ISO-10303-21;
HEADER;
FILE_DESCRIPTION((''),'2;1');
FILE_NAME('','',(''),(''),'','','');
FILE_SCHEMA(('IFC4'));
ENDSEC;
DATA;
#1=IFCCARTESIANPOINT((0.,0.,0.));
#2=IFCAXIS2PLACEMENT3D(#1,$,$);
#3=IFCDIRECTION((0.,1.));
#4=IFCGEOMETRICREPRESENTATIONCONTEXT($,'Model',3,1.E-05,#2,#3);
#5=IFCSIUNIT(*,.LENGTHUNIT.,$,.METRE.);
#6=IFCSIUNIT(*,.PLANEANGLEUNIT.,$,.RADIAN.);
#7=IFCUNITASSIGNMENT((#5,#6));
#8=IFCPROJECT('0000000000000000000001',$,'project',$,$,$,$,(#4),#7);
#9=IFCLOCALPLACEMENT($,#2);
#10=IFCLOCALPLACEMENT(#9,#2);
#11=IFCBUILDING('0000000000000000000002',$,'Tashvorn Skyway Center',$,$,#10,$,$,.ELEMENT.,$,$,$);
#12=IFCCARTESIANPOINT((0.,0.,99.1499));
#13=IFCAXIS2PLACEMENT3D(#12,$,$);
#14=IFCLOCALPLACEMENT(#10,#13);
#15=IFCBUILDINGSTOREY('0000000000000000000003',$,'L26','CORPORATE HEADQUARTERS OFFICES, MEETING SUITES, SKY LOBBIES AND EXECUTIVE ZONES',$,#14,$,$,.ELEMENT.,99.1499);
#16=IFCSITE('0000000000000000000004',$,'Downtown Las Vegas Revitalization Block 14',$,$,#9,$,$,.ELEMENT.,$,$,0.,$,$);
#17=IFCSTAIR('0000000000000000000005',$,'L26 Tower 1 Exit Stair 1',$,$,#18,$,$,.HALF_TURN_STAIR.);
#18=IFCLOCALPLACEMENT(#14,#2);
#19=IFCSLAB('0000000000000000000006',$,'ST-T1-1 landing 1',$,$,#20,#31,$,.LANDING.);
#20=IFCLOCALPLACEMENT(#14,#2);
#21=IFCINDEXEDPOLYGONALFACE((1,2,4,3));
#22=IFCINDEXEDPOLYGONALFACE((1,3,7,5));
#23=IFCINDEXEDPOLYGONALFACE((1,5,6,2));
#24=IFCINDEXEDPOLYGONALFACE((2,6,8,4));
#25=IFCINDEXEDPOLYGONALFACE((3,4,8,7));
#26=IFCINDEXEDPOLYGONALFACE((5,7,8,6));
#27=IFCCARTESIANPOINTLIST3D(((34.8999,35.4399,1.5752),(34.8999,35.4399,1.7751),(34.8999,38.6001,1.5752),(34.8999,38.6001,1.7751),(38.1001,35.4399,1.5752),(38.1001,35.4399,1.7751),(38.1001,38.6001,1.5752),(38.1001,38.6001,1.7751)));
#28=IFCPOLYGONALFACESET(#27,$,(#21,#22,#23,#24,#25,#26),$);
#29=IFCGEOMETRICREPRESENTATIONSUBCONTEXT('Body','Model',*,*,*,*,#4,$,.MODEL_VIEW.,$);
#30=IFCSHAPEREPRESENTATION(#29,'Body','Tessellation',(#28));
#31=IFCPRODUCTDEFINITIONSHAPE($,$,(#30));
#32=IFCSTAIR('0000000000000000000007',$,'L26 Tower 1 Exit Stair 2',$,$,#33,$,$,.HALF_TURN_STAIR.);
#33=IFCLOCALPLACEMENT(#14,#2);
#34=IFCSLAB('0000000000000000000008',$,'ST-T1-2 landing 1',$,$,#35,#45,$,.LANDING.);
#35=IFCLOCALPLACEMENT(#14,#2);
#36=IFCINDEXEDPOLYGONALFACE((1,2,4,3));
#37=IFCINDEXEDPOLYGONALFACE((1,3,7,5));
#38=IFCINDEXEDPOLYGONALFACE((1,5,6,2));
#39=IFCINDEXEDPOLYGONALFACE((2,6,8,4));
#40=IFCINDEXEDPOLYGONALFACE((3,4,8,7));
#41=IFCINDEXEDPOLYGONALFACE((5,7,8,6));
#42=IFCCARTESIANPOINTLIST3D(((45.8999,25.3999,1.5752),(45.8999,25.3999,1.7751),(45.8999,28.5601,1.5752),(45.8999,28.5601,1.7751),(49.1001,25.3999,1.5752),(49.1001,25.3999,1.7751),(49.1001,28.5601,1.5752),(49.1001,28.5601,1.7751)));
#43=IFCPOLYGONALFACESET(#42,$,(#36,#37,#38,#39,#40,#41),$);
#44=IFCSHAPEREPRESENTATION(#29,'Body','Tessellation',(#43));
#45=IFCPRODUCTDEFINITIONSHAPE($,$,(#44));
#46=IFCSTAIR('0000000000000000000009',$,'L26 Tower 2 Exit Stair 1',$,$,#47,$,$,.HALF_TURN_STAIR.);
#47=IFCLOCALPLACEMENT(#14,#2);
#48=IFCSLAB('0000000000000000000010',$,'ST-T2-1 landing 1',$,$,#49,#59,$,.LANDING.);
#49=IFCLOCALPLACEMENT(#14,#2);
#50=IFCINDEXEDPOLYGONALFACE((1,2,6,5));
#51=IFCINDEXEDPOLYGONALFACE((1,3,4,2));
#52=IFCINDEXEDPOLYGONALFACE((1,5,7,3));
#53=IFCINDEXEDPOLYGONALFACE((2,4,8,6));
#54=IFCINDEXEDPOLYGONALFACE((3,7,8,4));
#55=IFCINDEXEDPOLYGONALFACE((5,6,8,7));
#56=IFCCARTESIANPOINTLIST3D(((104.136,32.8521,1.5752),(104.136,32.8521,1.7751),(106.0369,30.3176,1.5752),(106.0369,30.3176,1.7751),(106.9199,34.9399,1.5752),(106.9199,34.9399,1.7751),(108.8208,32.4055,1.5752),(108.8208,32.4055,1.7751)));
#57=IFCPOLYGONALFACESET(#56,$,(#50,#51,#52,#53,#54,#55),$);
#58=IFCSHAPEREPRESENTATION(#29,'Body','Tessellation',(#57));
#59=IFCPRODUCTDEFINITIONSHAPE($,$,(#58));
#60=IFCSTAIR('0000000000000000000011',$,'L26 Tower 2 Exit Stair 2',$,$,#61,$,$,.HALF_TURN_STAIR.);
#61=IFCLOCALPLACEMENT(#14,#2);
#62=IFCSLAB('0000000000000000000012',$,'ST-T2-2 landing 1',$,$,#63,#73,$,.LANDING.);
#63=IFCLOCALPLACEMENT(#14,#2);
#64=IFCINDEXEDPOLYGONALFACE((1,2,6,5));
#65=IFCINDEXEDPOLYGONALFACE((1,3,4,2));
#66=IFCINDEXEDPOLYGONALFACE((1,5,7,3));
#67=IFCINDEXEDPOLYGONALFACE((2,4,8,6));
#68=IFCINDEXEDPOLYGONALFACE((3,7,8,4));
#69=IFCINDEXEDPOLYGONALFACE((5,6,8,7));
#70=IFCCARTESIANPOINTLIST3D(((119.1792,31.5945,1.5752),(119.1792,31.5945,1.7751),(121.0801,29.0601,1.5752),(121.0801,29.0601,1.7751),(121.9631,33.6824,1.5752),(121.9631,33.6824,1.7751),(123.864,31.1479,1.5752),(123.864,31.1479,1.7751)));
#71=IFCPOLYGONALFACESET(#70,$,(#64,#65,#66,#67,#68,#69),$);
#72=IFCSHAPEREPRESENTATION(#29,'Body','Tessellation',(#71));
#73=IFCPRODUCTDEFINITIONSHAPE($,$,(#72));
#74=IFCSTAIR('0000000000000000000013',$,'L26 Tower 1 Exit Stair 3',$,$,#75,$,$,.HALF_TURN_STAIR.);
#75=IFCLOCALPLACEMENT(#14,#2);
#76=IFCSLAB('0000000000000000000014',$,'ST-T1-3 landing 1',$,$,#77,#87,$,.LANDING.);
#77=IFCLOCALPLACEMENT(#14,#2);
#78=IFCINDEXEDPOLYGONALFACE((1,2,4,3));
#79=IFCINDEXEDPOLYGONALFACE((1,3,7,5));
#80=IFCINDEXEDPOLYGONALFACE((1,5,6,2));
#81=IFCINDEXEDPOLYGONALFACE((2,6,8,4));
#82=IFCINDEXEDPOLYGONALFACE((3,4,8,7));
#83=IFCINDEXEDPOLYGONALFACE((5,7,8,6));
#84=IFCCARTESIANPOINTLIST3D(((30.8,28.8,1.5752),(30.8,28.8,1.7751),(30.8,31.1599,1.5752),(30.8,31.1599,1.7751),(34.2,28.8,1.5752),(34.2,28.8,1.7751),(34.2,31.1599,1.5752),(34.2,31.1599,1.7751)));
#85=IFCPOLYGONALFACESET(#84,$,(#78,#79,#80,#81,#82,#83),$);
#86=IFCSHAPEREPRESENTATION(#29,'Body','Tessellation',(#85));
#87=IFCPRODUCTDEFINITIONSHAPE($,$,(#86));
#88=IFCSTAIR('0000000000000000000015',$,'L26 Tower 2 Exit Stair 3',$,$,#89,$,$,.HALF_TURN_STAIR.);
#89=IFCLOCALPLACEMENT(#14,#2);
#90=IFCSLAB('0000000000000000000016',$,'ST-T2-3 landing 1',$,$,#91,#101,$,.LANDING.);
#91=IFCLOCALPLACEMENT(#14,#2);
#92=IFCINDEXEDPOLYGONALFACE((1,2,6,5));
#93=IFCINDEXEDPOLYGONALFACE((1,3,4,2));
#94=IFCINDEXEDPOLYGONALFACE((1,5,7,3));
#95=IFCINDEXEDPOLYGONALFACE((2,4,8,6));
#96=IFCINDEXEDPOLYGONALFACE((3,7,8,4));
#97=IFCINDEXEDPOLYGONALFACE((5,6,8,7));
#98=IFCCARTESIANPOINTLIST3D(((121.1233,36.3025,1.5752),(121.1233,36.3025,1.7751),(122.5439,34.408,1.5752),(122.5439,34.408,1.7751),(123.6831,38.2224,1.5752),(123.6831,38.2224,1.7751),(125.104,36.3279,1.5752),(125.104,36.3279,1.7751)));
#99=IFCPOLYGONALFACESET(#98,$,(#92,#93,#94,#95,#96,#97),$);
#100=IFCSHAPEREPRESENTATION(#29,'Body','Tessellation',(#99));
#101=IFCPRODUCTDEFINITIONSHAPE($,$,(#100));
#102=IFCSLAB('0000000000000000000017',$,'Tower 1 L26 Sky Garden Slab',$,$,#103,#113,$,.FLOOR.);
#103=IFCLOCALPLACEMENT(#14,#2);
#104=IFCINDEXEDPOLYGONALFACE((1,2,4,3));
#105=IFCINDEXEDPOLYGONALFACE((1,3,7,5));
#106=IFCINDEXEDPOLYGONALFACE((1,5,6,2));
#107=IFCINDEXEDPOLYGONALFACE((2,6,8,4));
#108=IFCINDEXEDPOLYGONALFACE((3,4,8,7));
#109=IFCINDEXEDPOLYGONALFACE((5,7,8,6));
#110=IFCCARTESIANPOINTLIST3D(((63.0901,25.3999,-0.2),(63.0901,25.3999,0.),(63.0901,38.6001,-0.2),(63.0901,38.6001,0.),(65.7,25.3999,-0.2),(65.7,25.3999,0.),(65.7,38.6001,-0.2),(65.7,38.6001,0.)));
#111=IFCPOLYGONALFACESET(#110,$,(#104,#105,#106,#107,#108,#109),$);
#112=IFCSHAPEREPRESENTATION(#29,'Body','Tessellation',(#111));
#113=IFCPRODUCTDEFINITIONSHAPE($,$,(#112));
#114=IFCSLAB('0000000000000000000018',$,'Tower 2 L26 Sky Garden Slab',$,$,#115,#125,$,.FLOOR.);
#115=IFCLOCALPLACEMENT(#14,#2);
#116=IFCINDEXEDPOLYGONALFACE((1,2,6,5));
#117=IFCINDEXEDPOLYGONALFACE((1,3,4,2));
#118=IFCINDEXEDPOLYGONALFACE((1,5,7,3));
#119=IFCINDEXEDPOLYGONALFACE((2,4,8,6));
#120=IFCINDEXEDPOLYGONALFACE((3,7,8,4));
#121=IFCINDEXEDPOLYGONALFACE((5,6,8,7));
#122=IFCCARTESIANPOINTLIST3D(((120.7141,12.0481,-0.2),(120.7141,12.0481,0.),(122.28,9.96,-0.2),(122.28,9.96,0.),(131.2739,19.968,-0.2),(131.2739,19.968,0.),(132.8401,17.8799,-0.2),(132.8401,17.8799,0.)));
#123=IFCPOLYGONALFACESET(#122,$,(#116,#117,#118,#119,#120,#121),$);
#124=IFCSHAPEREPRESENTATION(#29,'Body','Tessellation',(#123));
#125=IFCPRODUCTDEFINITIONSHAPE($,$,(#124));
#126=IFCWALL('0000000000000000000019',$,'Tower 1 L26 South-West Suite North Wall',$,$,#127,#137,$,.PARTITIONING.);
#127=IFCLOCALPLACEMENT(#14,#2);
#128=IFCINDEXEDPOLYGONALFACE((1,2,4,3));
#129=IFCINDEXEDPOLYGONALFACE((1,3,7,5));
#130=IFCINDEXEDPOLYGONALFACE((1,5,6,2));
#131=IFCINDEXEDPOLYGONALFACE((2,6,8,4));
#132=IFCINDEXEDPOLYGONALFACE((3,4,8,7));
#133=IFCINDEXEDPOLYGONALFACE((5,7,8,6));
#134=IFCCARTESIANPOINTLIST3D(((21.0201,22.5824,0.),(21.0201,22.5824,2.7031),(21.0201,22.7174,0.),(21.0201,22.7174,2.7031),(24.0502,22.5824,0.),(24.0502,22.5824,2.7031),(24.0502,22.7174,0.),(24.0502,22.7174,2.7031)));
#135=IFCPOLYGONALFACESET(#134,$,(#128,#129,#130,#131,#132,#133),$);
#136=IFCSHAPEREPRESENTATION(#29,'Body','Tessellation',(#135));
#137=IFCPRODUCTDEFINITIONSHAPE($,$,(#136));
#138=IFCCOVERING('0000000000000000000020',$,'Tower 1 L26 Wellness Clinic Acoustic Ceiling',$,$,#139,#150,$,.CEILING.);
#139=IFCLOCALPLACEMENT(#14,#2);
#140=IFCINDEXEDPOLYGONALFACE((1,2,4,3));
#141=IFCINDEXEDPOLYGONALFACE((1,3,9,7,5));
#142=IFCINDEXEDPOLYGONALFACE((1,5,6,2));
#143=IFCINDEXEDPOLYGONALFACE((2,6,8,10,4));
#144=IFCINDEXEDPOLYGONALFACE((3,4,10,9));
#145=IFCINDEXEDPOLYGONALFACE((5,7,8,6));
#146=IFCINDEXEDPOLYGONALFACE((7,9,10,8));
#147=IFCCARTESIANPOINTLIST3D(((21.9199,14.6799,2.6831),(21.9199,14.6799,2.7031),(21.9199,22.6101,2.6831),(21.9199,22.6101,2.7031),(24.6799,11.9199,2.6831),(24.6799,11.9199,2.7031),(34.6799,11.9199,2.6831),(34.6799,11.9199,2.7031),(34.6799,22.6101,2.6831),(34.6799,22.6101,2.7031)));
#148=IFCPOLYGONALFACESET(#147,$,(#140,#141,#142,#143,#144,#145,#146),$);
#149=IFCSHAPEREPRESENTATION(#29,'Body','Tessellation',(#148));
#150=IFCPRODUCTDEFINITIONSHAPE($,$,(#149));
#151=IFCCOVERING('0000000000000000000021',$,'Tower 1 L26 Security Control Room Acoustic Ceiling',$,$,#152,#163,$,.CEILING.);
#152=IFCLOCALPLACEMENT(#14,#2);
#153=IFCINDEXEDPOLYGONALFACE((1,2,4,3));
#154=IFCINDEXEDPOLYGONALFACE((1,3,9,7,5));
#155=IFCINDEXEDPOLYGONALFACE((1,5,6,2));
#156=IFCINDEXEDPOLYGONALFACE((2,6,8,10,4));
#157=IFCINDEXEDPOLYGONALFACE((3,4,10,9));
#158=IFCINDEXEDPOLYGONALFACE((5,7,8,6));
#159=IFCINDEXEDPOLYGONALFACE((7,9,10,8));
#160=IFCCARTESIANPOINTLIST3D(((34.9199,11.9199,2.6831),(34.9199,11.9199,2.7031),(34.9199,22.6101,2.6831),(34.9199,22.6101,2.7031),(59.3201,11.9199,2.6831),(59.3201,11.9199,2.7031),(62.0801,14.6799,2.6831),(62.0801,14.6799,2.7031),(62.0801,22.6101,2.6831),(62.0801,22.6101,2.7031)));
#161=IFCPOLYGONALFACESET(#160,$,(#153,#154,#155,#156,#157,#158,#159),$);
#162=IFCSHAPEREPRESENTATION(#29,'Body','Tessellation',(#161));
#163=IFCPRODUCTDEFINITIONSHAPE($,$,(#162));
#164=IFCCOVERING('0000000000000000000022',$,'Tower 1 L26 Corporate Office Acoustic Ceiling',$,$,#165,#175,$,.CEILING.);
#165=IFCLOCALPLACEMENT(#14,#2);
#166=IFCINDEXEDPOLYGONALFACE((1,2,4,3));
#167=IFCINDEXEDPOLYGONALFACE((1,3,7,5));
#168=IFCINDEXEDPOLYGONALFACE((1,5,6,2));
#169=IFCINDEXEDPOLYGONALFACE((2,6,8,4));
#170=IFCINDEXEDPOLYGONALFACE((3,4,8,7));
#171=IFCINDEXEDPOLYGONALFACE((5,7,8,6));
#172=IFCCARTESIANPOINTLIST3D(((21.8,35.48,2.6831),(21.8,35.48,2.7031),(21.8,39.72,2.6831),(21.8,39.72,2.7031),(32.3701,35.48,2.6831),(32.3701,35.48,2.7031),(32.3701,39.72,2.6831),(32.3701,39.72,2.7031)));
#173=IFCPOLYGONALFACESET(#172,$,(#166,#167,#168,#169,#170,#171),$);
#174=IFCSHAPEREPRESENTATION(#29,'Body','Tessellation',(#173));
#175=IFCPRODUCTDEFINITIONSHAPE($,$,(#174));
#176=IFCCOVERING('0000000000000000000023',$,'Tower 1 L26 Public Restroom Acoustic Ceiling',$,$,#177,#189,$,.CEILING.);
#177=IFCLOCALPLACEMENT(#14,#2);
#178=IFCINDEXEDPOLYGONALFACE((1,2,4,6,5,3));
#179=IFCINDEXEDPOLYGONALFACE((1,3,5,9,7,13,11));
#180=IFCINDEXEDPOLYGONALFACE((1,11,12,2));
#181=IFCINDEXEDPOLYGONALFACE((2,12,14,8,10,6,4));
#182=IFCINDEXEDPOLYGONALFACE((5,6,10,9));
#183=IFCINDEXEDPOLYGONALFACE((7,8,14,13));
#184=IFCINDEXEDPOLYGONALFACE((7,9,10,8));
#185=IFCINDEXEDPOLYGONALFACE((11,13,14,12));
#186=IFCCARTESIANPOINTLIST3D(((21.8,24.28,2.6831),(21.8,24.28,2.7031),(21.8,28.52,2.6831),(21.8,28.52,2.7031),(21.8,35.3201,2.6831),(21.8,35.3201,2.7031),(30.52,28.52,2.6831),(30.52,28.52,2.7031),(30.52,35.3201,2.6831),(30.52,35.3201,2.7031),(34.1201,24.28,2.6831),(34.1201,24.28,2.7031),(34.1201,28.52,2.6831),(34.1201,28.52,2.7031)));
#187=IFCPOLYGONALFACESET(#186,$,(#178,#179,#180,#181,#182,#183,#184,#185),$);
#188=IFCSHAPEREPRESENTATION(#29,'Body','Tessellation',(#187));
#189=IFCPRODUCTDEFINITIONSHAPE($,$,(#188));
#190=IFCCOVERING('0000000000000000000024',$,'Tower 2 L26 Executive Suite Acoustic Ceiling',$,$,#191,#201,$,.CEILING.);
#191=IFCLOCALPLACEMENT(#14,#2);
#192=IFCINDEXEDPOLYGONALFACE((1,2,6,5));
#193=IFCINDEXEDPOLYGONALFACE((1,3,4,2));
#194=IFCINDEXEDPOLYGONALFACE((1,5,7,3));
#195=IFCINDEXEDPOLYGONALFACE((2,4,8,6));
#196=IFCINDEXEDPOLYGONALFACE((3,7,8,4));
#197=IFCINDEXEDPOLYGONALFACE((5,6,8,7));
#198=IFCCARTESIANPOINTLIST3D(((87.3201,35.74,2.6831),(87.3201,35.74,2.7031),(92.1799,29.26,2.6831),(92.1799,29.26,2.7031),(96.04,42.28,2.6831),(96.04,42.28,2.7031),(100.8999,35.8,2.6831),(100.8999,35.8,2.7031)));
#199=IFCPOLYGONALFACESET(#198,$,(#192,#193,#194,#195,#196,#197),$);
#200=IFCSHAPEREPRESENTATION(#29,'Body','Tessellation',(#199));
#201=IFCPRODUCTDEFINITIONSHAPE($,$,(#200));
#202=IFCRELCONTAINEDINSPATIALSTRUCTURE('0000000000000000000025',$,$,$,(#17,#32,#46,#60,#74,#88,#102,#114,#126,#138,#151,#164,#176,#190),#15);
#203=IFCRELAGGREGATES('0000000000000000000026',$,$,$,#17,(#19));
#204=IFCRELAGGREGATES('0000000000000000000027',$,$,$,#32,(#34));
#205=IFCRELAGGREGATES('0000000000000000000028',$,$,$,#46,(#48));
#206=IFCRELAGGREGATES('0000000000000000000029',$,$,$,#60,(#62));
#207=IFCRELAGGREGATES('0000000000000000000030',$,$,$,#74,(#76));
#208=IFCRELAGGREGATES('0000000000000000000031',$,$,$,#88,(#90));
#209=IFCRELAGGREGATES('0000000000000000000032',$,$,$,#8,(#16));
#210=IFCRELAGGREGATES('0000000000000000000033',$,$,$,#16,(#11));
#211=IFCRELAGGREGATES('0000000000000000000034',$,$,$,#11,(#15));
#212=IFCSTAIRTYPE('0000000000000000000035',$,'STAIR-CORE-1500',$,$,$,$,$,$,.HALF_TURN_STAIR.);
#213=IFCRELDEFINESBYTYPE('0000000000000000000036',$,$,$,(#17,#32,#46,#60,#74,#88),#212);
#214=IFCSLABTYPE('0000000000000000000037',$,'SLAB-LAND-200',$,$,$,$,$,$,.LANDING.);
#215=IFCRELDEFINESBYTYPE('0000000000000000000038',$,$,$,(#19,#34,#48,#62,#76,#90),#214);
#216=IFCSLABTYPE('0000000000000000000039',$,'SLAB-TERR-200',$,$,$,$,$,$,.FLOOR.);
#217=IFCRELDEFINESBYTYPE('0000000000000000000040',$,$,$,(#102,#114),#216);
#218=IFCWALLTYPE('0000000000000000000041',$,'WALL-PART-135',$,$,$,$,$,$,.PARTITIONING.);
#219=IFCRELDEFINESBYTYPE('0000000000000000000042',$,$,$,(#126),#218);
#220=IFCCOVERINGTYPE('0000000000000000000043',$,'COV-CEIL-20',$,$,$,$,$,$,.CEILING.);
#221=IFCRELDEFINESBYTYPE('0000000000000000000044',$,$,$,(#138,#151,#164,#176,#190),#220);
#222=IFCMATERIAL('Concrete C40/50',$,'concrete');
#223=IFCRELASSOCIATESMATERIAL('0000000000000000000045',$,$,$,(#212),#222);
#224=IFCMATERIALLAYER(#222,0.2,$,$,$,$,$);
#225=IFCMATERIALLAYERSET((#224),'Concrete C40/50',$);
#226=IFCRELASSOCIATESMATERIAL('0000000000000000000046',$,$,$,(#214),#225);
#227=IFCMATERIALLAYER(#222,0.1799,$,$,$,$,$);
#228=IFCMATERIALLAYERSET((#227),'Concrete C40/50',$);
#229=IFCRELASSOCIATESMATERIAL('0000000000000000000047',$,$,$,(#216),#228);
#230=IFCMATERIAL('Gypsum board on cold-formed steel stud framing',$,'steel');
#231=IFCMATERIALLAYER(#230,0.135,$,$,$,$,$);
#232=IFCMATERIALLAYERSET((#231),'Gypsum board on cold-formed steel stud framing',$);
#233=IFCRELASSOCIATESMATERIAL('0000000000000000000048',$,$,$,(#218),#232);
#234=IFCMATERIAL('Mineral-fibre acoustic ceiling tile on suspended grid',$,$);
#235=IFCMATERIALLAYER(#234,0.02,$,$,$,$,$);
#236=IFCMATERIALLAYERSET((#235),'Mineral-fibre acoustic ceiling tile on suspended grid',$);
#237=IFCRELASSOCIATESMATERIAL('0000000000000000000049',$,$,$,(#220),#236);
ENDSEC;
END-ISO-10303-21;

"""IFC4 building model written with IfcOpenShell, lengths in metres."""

from ifc_helpers import new_model, si_unit, direction, frame, frame_2d, origin, place, context, subcontext, project, spatial, polyline, rectangle, outline, extrude, material, layer, layer_set, type_object, element, aggregate, save


model = new_model("IFC4")

# Units and contexts
model_context = context("Model", 3, precision=1e-05, world=origin(), true_north=direction((0.0, 1.0)))
body_context = subcontext(model_context, "Body", "Model", "MODEL_VIEW")
ifc_project = project(units=[si_unit("LENGTHUNIT", "METRE"), si_unit("PLANEANGLEUNIT", "RADIAN")], contexts=[model_context])

# Site, building, storey
site_placement = place(None, origin())
site = spatial("IfcSite", under=ifc_project, at=site_placement, Name="Downtown Las Vegas Revitalization Block 14", CompositionType="ELEMENT", RefElevation=0.0)
building_placement = place(site_placement, origin())
building = spatial("IfcBuilding", under=site, at=building_placement, Name="Tashvorn Skyway Center", CompositionType="ELEMENT")
storey_placement = place(building_placement, frame((0.0, 0.0, 99.1499)))
storey = spatial("IfcBuildingStorey", under=building, at=storey_placement, Name="L26", Description="CORPORATE HEADQUARTERS OFFICES, MEETING SUITES, SKY LOBBIES AND EXECUTIVE ZONES", CompositionType="ELEMENT", Elevation=99.1499)

# Shared definitions
ifc_material_1 = material(Name="Concrete C40/50", Category="concrete")

# Stairs, slabs
stair_type = type_object("IfcStairType", Name="STAIR-CORE-1500", PredefinedType="HALF_TURN_STAIR", material=ifc_material_1)
stair_1_placement = place(storey_placement, origin())
stair_1 = element("IfcStair", 1, at=stair_1_placement, inside=storey, type_object=stair_type, Name="L26 Tower 1 Exit Stair 1", PredefinedType="HALF_TURN_STAIR")
ifc_layer_1 = layer(ifc_material_1, 0.2)
ifc_layer_set_1 = layer_set([ifc_layer_1], Name="Concrete C40/50")
slab_type_1 = type_object("IfcSlabType", Name="SLAB-LAND-200", PredefinedType="LANDING", material=ifc_layer_set_1)
slab_1_placement = place(storey_placement, frame((0.0, 0.0, 1.5752)))
slab_1 = element("IfcSlab", 2, at=slab_1_placement, type_object=slab_type_1, Name="ST-T1-1 landing 1", PredefinedType="LANDING", context=body_context, shape_type="SweptSolid", body=[
    extrude(outline(polyline([(38.1001, 35.4399), (38.1001, 38.6001), (34.8999, 38.6001), (34.8999, 35.4399), (38.1001, 35.4399)])), origin(), (0.0, 0.0, 1.0), 0.2),
])
aggregate(stair_1, [slab_1])
stair_2_placement = place(storey_placement, origin())
stair_2 = element("IfcStair", 3, at=stair_2_placement, inside=storey, type_object=stair_type, Name="L26 Tower 1 Exit Stair 2", PredefinedType="HALF_TURN_STAIR")
slab_2_placement = place(storey_placement, frame((0.0, 0.0, 1.5752)))
slab_2 = element("IfcSlab", 4, at=slab_2_placement, type_object=slab_type_1, Name="ST-T1-2 landing 1", PredefinedType="LANDING", context=body_context, shape_type="SweptSolid", body=[
    extrude(outline(polyline([(45.8999, 28.5601), (45.8999, 25.3999), (49.1001, 25.3999), (49.1001, 28.5601), (45.8999, 28.5601)])), origin(), (0.0, 0.0, 1.0), 0.2),
])
aggregate(stair_2, [slab_2])
stair_3_placement = place(storey_placement, origin())
stair_3 = element("IfcStair", 5, at=stair_3_placement, inside=storey, type_object=stair_type, Name="L26 Tower 2 Exit Stair 1", PredefinedType="HALF_TURN_STAIR")
slab_3_placement = place(storey_placement, frame((0.0, 0.0, 1.5752)))
slab_3 = element("IfcSlab", 6, at=slab_3_placement, type_object=slab_type_1, Name="ST-T2-1 landing 1", PredefinedType="LANDING", context=body_context, shape_type="SweptSolid", body=[
    extrude(outline(polyline([(108.8208, 32.4055), (106.9199, 34.9399), (104.136, 32.8521), (106.0369, 30.3176), (108.8208, 32.4055)])), origin(), (0.0, 0.0, 1.0), 0.2),
])
aggregate(stair_3, [slab_3])
stair_4_placement = place(storey_placement, origin())
stair_4 = element("IfcStair", 7, at=stair_4_placement, inside=storey, type_object=stair_type, Name="L26 Tower 2 Exit Stair 2", PredefinedType="HALF_TURN_STAIR")
slab_4_placement = place(storey_placement, frame((0.0, 0.0, 1.5752)))
slab_4 = element("IfcSlab", 8, at=slab_4_placement, type_object=slab_type_1, Name="ST-T2-2 landing 1", PredefinedType="LANDING", context=body_context, shape_type="SweptSolid", body=[
    extrude(outline(polyline([(119.1792, 31.5945), (121.0801, 29.0601), (123.864, 31.1479), (121.9631, 33.6824), (119.1792, 31.5945)])), origin(), (0.0, 0.0, 1.0), 0.2),
])
aggregate(stair_4, [slab_4])
stair_5_placement = place(storey_placement, origin())
stair_5 = element("IfcStair", 9, at=stair_5_placement, inside=storey, type_object=stair_type, Name="L26 Tower 1 Exit Stair 3", PredefinedType="HALF_TURN_STAIR")
slab_5_placement = place(storey_placement, frame((0.0, 0.0, 1.5752)))
slab_5 = element("IfcSlab", 10, at=slab_5_placement, type_object=slab_type_1, Name="ST-T1-3 landing 1", PredefinedType="LANDING", context=body_context, shape_type="SweptSolid", body=[
    extrude(outline(polyline([(30.8, 31.1599), (30.8, 28.8), (34.2, 28.8), (34.2, 31.1599), (30.8, 31.1599)])), origin(), (0.0, 0.0, 1.0), 0.2),
])
aggregate(stair_5, [slab_5])
stair_6_placement = place(storey_placement, origin())
stair_6 = element("IfcStair", 11, at=stair_6_placement, inside=storey, type_object=stair_type, Name="L26 Tower 2 Exit Stair 3", PredefinedType="HALF_TURN_STAIR")
slab_6_placement = place(storey_placement, frame((0.0, 0.0, 1.5752)))
slab_6 = element("IfcSlab", 12, at=slab_6_placement, type_object=slab_type_1, Name="ST-T2-3 landing 1", PredefinedType="LANDING", context=body_context, shape_type="SweptSolid", body=[
    extrude(outline(polyline([(121.1233, 36.3025), (122.5439, 34.408), (125.104, 36.3279), (123.6831, 38.2224), (121.1233, 36.3025)])), origin(), (0.0, 0.0, 1.0), 0.2),
])
aggregate(stair_6, [slab_6])

# Slabs
ifc_layer_2 = layer(ifc_material_1, 0.1799)
ifc_layer_set_2 = layer_set([ifc_layer_2], Name="Concrete C40/50")
slab_type_2 = type_object("IfcSlabType", Name="SLAB-TERR-200", PredefinedType="FLOOR", material=ifc_layer_set_2)
slab_7_placement = place(storey_placement, frame((0.0, 0.0, -0.2)))
element("IfcSlab", 13, at=slab_7_placement, inside=storey, type_object=slab_type_2, Name="Tower 1 L26 Sky Garden Slab", PredefinedType="FLOOR", context=body_context, shape_type="SweptSolid", body=[
    extrude(outline(polyline([(63.0901, 25.3999), (65.7, 25.3999), (65.7, 38.6001), (63.0901, 38.6001), (63.0901, 25.3999)])), origin(), (0.0, 0.0, 1.0), 0.2),
])
slab_8_placement = place(storey_placement, frame((0.0, 0.0, -0.2)))
element("IfcSlab", 14, at=slab_8_placement, inside=storey, type_object=slab_type_2, Name="Tower 2 L26 Sky Garden Slab", PredefinedType="FLOOR", context=body_context, shape_type="SweptSolid", body=[
    extrude(outline(polyline([(122.28, 9.96), (132.8401, 17.8799), (131.2739, 19.968), (120.7141, 12.0481), (122.28, 9.96)])), origin(), (0.0, 0.0, 1.0), 0.2),
])

# Wall
ifc_material_2 = material(Name="Gypsum board on cold-formed steel stud framing", Category="steel")
ifc_layer_3 = layer(ifc_material_2, 0.135)
ifc_layer_set_3 = layer_set([ifc_layer_3], Name="Gypsum board on cold-formed steel stud framing")
wall_type = type_object("IfcWallType", Name="WALL-PART-135", PredefinedType="PARTITIONING", material=ifc_layer_set_3)
wall_placement = place(storey_placement, frame((21.02, 22.6499, 0.0), z_axis=(0.0, 0.0, 1.0), x_axis=(1.0, 0.0, 0.0)))
element("IfcWall", 15, at=wall_placement, inside=storey, type_object=wall_type, Name="Tower 1 L26 South-West Suite North Wall", PredefinedType="PARTITIONING", context=body_context, shape_type="SweptSolid", body=[
    extrude(rectangle(XDim=3.03, YDim=0.135, at=frame_2d((1.5151, 0.0))), origin(), (0.0, 0.0, 1.0), 2.7031),
])

# Coverings
ifc_material_3 = material(Name="Mineral-fibre acoustic ceiling tile on suspended grid")
ifc_layer_4 = layer(ifc_material_3, 0.02)
ifc_layer_set_4 = layer_set([ifc_layer_4], Name="Mineral-fibre acoustic ceiling tile on suspended grid")
covering_type_1 = type_object("IfcCoveringType", Name="COV-CEIL-20", PredefinedType="CEILING", material=ifc_layer_set_4)
covering_1_placement = place(storey_placement, frame((0.0, 0.0, 2.6831)))
element("IfcCovering", 16, at=covering_1_placement, inside=storey, type_object=covering_type_1, Name="Tower 1 L26 Wellness Clinic Acoustic Ceiling", PredefinedType="CEILING", context=body_context, shape_type="SweptSolid", body=[
    extrude(outline(polyline([(21.9199, 22.6101), (34.6799, 22.6101), (34.6799, 11.9199), (24.6799, 11.9199), (21.9199, 14.6799), (21.9199, 22.6101)])), origin(), (0.0, 0.0, 1.0), 0.02),
])
covering_2_placement = place(storey_placement, frame((0.0, 0.0, 2.6831)))
element("IfcCovering", 17, at=covering_2_placement, inside=storey, type_object=covering_type_1, Name="Tower 1 L26 Security Control Room Acoustic Ceiling", PredefinedType="CEILING", context=body_context, shape_type="SweptSolid", body=[
    extrude(outline(polyline([(34.9199, 11.9199), (34.9199, 22.6101), (62.0801, 22.6101), (62.0801, 14.6799), (59.3201, 11.9199), (34.9199, 11.9199)])), origin(), (0.0, 0.0, 1.0), 0.02),
])
covering_3_placement = place(storey_placement, frame((0.0, 0.0, 2.6831)))
element("IfcCovering", 18, at=covering_3_placement, inside=storey, type_object=covering_type_1, Name="Tower 1 L26 Corporate Office Acoustic Ceiling", PredefinedType="CEILING", context=body_context, shape_type="SweptSolid", body=[
    extrude(outline(polyline([(32.3701, 39.72), (32.3701, 35.48), (21.8, 35.48), (21.8, 39.72), (32.3701, 39.72)])), origin(), (0.0, 0.0, 1.0), 0.02),
])
covering_4_placement = place(storey_placement, frame((0.0, 0.0, 2.6831)))
element("IfcCovering", 19, at=covering_4_placement, inside=storey, type_object=covering_type_1, Name="Tower 1 L26 Public Restroom Acoustic Ceiling", PredefinedType="CEILING", context=body_context, shape_type="SweptSolid", body=[
    extrude(outline(polyline([(34.1201, 24.28), (21.8, 24.28), (21.8, 28.52), (21.8, 35.3201), (30.52, 35.3201), (30.52, 28.52), (34.1201, 28.52), (34.1201, 24.28)])), origin(), (0.0, 0.0, 1.0), 0.02),
])
covering_5_placement = place(storey_placement, frame((0.0, 0.0, 2.6831)))
element("IfcCovering", 20, at=covering_5_placement, inside=storey, type_object=covering_type_1, Name="Tower 2 L26 Executive Suite Acoustic Ceiling", PredefinedType="CEILING", context=body_context, shape_type="SweptSolid", body=[
    extrude(outline(polyline([(92.1799, 29.26), (100.8999, 35.8), (96.04, 42.28), (87.3201, 35.74), (92.1799, 29.26)])), origin(), (0.0, 0.0, 1.0), 0.02),
])

save(model, "model.ifc")
